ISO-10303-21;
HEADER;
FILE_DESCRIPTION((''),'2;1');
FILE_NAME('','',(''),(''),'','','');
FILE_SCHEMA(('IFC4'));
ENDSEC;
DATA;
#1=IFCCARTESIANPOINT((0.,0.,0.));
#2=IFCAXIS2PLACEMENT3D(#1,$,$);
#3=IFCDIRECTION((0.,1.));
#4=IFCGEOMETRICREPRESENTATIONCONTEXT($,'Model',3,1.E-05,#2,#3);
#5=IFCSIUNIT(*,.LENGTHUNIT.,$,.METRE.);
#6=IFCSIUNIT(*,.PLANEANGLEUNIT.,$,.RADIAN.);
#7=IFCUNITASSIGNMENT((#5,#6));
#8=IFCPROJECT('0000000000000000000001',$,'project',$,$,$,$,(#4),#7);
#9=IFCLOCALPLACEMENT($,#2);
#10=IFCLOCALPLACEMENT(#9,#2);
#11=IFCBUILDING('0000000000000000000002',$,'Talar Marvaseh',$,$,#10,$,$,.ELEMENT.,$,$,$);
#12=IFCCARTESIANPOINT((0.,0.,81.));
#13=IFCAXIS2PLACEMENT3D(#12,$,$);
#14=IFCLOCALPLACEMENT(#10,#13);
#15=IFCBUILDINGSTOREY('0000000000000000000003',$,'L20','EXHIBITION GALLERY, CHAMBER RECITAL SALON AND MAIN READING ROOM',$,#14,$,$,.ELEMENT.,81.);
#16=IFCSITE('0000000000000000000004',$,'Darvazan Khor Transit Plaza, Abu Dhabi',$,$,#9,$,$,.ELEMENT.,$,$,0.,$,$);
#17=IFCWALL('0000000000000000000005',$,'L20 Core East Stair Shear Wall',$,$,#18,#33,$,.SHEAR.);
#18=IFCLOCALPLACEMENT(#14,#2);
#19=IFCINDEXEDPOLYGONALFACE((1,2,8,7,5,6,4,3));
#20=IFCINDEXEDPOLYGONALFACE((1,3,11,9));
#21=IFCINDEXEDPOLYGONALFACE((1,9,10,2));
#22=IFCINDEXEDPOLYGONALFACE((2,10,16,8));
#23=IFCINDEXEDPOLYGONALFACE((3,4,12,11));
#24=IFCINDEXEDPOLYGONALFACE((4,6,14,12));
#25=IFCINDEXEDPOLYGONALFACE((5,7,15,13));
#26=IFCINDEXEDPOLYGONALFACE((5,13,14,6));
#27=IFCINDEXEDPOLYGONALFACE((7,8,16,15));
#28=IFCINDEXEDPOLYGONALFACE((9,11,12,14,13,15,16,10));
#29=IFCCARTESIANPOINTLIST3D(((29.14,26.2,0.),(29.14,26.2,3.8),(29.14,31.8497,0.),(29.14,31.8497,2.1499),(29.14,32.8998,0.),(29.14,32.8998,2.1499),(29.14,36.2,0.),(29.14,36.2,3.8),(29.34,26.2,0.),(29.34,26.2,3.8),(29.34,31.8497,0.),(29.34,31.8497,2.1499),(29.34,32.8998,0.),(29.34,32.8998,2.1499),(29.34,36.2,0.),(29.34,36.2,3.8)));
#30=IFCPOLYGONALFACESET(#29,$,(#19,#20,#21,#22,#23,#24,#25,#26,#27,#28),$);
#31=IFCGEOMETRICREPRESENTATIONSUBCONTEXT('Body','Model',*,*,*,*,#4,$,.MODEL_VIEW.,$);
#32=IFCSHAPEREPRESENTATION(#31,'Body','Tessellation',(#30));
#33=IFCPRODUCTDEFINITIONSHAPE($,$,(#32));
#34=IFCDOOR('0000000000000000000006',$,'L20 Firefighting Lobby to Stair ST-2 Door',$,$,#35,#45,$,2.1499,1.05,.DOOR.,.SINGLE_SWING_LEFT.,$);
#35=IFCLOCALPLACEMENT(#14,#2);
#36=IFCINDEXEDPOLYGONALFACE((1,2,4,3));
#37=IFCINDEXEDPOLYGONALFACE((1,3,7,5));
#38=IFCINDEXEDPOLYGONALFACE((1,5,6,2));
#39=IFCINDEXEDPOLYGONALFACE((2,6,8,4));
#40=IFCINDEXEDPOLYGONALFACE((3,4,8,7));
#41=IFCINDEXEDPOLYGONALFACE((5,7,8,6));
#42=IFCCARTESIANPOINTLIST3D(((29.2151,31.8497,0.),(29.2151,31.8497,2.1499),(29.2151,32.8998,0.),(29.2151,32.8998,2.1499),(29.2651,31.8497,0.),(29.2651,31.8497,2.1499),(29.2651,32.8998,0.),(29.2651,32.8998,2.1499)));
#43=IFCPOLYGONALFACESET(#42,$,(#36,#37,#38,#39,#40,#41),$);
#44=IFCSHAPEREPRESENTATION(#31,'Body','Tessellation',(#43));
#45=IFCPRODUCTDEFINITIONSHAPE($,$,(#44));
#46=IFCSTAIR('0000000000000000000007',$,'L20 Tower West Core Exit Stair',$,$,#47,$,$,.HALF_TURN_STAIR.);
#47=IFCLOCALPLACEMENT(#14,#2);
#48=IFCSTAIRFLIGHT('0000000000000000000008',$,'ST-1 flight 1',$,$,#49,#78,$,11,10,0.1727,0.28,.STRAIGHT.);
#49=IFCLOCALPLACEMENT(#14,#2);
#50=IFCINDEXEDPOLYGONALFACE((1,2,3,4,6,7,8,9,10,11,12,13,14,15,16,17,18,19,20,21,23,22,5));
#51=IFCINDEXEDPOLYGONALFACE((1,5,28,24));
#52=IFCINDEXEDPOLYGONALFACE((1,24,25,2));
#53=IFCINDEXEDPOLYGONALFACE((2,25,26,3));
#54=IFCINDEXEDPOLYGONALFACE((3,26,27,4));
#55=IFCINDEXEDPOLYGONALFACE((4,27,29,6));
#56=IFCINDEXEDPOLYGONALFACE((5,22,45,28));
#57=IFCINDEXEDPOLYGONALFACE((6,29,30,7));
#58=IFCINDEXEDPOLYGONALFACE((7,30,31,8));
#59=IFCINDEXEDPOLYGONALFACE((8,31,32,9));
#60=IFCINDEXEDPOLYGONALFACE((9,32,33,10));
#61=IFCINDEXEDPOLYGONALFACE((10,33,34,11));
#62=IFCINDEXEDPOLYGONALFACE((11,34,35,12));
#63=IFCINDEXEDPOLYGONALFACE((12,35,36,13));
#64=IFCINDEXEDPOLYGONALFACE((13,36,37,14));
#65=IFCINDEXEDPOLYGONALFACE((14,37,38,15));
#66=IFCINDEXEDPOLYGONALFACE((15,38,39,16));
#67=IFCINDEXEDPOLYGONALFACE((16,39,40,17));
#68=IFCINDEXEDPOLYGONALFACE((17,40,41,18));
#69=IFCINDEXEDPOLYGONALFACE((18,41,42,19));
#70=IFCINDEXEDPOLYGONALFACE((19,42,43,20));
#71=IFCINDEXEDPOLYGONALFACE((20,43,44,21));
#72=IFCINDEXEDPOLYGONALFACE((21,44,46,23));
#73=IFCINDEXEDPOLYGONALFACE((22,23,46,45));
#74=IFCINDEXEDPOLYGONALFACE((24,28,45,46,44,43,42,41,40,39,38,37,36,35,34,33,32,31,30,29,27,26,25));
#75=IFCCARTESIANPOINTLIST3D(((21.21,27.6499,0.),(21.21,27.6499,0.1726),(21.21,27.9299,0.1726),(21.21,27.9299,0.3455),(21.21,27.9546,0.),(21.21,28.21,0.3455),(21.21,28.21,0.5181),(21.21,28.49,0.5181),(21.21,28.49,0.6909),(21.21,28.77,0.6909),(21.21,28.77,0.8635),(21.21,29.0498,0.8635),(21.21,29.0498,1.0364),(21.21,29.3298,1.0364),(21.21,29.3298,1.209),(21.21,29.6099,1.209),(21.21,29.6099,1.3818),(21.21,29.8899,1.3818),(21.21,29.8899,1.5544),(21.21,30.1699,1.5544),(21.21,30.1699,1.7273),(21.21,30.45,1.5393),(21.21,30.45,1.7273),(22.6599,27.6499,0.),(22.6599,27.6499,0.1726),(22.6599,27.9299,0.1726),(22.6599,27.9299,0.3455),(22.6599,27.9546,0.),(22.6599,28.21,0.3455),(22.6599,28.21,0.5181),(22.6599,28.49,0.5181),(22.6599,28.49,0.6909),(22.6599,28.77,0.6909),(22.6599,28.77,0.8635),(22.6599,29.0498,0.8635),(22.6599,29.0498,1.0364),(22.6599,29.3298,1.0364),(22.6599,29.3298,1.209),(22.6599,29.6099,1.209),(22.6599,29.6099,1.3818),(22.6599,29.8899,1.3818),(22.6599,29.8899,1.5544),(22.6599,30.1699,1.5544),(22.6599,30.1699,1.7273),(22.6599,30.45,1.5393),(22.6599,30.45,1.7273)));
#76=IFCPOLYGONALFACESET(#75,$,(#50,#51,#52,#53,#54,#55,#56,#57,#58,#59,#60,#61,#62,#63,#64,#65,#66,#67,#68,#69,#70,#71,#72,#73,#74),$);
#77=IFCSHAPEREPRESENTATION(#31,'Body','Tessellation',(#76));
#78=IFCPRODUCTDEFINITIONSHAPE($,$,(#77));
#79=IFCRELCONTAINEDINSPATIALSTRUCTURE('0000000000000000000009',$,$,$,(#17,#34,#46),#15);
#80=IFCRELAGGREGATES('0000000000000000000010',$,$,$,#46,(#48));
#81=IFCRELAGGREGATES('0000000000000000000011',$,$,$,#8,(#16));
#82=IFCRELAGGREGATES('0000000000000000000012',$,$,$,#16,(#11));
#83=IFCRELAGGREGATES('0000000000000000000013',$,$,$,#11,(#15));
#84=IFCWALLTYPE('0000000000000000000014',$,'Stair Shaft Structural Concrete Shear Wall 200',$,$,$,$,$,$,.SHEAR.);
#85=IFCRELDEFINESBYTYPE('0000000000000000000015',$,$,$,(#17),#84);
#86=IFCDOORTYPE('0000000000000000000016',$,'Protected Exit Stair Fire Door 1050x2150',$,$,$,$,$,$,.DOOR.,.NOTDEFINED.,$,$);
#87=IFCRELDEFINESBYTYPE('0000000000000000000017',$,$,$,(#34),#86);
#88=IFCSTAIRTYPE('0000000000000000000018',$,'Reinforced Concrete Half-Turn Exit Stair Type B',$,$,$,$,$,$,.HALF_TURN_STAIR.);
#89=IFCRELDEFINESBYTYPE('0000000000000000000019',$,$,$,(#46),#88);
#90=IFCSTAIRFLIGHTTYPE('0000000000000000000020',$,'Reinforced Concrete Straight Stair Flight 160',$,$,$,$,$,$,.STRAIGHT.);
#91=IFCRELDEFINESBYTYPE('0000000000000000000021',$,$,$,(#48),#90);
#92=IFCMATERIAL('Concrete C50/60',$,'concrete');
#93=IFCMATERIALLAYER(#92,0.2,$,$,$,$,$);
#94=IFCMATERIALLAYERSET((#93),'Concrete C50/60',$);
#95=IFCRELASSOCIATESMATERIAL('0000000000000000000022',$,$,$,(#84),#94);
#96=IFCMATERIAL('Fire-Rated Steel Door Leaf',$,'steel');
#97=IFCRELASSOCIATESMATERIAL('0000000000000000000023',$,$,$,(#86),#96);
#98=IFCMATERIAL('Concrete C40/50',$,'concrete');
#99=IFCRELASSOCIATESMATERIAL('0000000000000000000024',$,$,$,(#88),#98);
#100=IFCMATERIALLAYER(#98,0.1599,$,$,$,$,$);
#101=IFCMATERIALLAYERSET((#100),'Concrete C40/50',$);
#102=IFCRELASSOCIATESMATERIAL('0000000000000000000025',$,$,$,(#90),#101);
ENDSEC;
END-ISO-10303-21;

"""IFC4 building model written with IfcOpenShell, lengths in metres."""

from ifc_helpers import new_model, si_unit, direction, frame, frame_2d, origin, place, context, subcontext, project, spatial, polyline, rectangle, outline, extrude, source, transform, mapped, material, layer, layer_set, type_object, type_shapes, element, fill, aggregate, save


model = new_model("IFC4")

# Units and contexts
model_context = context("Model", 3, precision=1e-05, world=origin(), true_north=direction((0.0, 1.0)))
body_context = subcontext(model_context, "Body", "Model", "MODEL_VIEW")
ifc_project = project(units=[si_unit("LENGTHUNIT", "METRE"), si_unit("PLANEANGLEUNIT", "RADIAN")], contexts=[model_context])

# Site, building, storey
site_placement = place(None, origin())
site = spatial("IfcSite", under=ifc_project, at=site_placement, Name="Darvazan Khor Transit Plaza, Abu Dhabi", CompositionType="ELEMENT", RefElevation=0.0)
building_placement = place(site_placement, origin())
building = spatial("IfcBuilding", under=site, at=building_placement, Name="Talar Marvaseh", CompositionType="ELEMENT")
storey_placement = place(building_placement, frame((0.0, 0.0, 81.0)))
storey = spatial("IfcBuildingStorey", under=building, at=storey_placement, Name="L20", Description="EXHIBITION GALLERY, CHAMBER RECITAL SALON AND MAIN READING ROOM", CompositionType="ELEMENT", Elevation=81.0)

# Shared definitions
ifc_material_1 = material(Name="Concrete C40/50", Category="concrete")

# Shared definitions
ifc_material_2 = material(Name="Fire-Rated Steel Door Leaf", Category="steel")

# Shared definitions
ifc_material_3 = material(Name="Concrete C50/60", Category="concrete")
ifc_layer_1 = layer(ifc_material_3, 0.2)
ifc_layer_set_1 = layer_set([ifc_layer_1], Name="Concrete C50/60")
wall_type_1 = type_object("IfcWallType", Name="Stair Shaft Structural Concrete Shear Wall 200", PredefinedType="SHEAR", material=ifc_layer_set_1)

# Wall, opening, door
wall_1_placement = place(storey_placement, frame((29.24, 26.2, 0.0), z_axis=(0.0, 0.0, 1.0), x_axis=(0.0, 1.0, 0.0)))
wall_1 = element("IfcWall", 1, at=wall_1_placement, inside=storey, type_object=wall_type_1, Name="L20 Core East Stair Shear Wall", PredefinedType="SHEAR", context=body_context, shape_type="SweptSolid", body=[
    extrude(rectangle(XDim=10.0, YDim=0.2, at=frame_2d((5.0, 0.0))), origin(), (0.0, 0.0, 1.0), 3.8),
])
opening_1_placement = place(wall_1_placement, frame((5.6499, 0.0, 0.0)))
opening_1 = element("IfcOpeningElement", 2, at=opening_1_placement, cuts=wall_1, PredefinedType="OPENING", context=body_context, shape_type="SweptSolid", body=[
    extrude(rectangle(XDim=1.05, YDim=2.1499, at=frame_2d((0.5249, 1.075))), frame((0.0, 0.1099, 0.0), z_axis=(0.0, -1.0, 0.0), x_axis=(1.0, 0.0, 0.0)), (0.0, 0.0, 1.0), 0.22),
])
door_type_1 = type_object("IfcDoorType", Name="Protected Exit Stair Fire Door 1050x2150", OperationType="NOTDEFINED", PredefinedType="DOOR", material=ifc_material_2)
shared_shape_1 = source(origin(), body_context, "Body", "SweptSolid", [
    extrude(rectangle(XDim=1.05, YDim=2.1499, at=frame_2d((0.5249, 1.075))), frame((0.0, 0.0249, 0.0), z_axis=(0.0, -1.0, 0.0), x_axis=(1.0, 0.0, 0.0)), (0.0, 0.0, 1.0), 0.05),
])
type_shapes(door_type_1, [shared_shape_1])
door_1_placement = place(opening_1_placement, origin())
door_1 = element("IfcDoor", 3, at=door_1_placement, inside=storey, type_object=door_type_1, Name="L20 Firefighting Lobby to Stair ST-2 Door", OperationType="SINGLE_SWING_LEFT", OverallHeight=2.1499, OverallWidth=1.05, PredefinedType="DOOR", context=body_context, shape_type="MappedRepresentation", body=[
    mapped(shared_shape_1, transform((0.0, 0.0, 0.0), x_axis=(1.0, 0.0, 0.0), y_axis=(0.0, 1.0, 0.0), z_axis=(0.0, 0.0, 1.0), scale=1.0)),
])
fill(opening_1, door_1)

# Stair, stair flight
stair_type = type_object("IfcStairType", Name="Reinforced Concrete Half-Turn Exit Stair Type B", PredefinedType="HALF_TURN_STAIR", material=ifc_material_1)
stair_placement = place(storey_placement, origin())
stair = element("IfcStair", 4, at=stair_placement, inside=storey, type_object=stair_type, Name="L20 Tower West Core Exit Stair", PredefinedType="HALF_TURN_STAIR")
ifc_layer_2 = layer(ifc_material_1, 0.1599)
ifc_layer_set_2 = layer_set([ifc_layer_2], Name="Concrete C40/50")
stair_flight_type = type_object("IfcStairFlightType", Name="Reinforced Concrete Straight Stair Flight 160", PredefinedType="STRAIGHT", material=ifc_layer_set_2)
stair_flight_placement = place(storey_placement, frame((21.9351, 27.6499, 0.0), z_axis=(0.0, 0.0, 1.0), x_axis=(0.0, 1.0, 0.0)))
stair_flight = element("IfcStairFlight", 5, at=stair_flight_placement, type_object=stair_flight_type, Name="ST-1 flight 1", NumberOfRisers=11, NumberOfTreads=10, PredefinedType="STRAIGHT", RiserHeight=0.1727, TreadLength=0.28, context=body_context, shape_type="SweptSolid", body=[
    extrude(outline(polyline([(0.0, 0.0), (0.0, 0.1726), (0.28, 0.1726), (0.28, 0.3455), (0.5601, 0.3455), (0.5601, 0.5181), (0.8401, 0.5181), (0.8401, 0.6909), (1.1201, 0.6909), (1.1201, 0.8635), (1.3999, 0.8635), (1.3999, 1.0364), (1.6799, 1.0364), (1.6799, 1.209), (1.96, 1.209), (1.96, 1.3818), (2.24, 1.3818), (2.24, 1.5544), (2.52, 1.5544), (2.52, 1.7273), (2.8, 1.7273), (2.8, 1.8999), (2.8, 1.5393), (0.3047, 0.0), (0.0, 0.0)])), frame((0.0, 0.7251, 0.0), z_axis=(0.0, -1.0, 0.0), x_axis=(1.0, 0.0, 0.0)), (0.0, 0.0, 1.0), 1.45),
])
aggregate(stair, [stair_flight])

save(model, "model.ifc")
